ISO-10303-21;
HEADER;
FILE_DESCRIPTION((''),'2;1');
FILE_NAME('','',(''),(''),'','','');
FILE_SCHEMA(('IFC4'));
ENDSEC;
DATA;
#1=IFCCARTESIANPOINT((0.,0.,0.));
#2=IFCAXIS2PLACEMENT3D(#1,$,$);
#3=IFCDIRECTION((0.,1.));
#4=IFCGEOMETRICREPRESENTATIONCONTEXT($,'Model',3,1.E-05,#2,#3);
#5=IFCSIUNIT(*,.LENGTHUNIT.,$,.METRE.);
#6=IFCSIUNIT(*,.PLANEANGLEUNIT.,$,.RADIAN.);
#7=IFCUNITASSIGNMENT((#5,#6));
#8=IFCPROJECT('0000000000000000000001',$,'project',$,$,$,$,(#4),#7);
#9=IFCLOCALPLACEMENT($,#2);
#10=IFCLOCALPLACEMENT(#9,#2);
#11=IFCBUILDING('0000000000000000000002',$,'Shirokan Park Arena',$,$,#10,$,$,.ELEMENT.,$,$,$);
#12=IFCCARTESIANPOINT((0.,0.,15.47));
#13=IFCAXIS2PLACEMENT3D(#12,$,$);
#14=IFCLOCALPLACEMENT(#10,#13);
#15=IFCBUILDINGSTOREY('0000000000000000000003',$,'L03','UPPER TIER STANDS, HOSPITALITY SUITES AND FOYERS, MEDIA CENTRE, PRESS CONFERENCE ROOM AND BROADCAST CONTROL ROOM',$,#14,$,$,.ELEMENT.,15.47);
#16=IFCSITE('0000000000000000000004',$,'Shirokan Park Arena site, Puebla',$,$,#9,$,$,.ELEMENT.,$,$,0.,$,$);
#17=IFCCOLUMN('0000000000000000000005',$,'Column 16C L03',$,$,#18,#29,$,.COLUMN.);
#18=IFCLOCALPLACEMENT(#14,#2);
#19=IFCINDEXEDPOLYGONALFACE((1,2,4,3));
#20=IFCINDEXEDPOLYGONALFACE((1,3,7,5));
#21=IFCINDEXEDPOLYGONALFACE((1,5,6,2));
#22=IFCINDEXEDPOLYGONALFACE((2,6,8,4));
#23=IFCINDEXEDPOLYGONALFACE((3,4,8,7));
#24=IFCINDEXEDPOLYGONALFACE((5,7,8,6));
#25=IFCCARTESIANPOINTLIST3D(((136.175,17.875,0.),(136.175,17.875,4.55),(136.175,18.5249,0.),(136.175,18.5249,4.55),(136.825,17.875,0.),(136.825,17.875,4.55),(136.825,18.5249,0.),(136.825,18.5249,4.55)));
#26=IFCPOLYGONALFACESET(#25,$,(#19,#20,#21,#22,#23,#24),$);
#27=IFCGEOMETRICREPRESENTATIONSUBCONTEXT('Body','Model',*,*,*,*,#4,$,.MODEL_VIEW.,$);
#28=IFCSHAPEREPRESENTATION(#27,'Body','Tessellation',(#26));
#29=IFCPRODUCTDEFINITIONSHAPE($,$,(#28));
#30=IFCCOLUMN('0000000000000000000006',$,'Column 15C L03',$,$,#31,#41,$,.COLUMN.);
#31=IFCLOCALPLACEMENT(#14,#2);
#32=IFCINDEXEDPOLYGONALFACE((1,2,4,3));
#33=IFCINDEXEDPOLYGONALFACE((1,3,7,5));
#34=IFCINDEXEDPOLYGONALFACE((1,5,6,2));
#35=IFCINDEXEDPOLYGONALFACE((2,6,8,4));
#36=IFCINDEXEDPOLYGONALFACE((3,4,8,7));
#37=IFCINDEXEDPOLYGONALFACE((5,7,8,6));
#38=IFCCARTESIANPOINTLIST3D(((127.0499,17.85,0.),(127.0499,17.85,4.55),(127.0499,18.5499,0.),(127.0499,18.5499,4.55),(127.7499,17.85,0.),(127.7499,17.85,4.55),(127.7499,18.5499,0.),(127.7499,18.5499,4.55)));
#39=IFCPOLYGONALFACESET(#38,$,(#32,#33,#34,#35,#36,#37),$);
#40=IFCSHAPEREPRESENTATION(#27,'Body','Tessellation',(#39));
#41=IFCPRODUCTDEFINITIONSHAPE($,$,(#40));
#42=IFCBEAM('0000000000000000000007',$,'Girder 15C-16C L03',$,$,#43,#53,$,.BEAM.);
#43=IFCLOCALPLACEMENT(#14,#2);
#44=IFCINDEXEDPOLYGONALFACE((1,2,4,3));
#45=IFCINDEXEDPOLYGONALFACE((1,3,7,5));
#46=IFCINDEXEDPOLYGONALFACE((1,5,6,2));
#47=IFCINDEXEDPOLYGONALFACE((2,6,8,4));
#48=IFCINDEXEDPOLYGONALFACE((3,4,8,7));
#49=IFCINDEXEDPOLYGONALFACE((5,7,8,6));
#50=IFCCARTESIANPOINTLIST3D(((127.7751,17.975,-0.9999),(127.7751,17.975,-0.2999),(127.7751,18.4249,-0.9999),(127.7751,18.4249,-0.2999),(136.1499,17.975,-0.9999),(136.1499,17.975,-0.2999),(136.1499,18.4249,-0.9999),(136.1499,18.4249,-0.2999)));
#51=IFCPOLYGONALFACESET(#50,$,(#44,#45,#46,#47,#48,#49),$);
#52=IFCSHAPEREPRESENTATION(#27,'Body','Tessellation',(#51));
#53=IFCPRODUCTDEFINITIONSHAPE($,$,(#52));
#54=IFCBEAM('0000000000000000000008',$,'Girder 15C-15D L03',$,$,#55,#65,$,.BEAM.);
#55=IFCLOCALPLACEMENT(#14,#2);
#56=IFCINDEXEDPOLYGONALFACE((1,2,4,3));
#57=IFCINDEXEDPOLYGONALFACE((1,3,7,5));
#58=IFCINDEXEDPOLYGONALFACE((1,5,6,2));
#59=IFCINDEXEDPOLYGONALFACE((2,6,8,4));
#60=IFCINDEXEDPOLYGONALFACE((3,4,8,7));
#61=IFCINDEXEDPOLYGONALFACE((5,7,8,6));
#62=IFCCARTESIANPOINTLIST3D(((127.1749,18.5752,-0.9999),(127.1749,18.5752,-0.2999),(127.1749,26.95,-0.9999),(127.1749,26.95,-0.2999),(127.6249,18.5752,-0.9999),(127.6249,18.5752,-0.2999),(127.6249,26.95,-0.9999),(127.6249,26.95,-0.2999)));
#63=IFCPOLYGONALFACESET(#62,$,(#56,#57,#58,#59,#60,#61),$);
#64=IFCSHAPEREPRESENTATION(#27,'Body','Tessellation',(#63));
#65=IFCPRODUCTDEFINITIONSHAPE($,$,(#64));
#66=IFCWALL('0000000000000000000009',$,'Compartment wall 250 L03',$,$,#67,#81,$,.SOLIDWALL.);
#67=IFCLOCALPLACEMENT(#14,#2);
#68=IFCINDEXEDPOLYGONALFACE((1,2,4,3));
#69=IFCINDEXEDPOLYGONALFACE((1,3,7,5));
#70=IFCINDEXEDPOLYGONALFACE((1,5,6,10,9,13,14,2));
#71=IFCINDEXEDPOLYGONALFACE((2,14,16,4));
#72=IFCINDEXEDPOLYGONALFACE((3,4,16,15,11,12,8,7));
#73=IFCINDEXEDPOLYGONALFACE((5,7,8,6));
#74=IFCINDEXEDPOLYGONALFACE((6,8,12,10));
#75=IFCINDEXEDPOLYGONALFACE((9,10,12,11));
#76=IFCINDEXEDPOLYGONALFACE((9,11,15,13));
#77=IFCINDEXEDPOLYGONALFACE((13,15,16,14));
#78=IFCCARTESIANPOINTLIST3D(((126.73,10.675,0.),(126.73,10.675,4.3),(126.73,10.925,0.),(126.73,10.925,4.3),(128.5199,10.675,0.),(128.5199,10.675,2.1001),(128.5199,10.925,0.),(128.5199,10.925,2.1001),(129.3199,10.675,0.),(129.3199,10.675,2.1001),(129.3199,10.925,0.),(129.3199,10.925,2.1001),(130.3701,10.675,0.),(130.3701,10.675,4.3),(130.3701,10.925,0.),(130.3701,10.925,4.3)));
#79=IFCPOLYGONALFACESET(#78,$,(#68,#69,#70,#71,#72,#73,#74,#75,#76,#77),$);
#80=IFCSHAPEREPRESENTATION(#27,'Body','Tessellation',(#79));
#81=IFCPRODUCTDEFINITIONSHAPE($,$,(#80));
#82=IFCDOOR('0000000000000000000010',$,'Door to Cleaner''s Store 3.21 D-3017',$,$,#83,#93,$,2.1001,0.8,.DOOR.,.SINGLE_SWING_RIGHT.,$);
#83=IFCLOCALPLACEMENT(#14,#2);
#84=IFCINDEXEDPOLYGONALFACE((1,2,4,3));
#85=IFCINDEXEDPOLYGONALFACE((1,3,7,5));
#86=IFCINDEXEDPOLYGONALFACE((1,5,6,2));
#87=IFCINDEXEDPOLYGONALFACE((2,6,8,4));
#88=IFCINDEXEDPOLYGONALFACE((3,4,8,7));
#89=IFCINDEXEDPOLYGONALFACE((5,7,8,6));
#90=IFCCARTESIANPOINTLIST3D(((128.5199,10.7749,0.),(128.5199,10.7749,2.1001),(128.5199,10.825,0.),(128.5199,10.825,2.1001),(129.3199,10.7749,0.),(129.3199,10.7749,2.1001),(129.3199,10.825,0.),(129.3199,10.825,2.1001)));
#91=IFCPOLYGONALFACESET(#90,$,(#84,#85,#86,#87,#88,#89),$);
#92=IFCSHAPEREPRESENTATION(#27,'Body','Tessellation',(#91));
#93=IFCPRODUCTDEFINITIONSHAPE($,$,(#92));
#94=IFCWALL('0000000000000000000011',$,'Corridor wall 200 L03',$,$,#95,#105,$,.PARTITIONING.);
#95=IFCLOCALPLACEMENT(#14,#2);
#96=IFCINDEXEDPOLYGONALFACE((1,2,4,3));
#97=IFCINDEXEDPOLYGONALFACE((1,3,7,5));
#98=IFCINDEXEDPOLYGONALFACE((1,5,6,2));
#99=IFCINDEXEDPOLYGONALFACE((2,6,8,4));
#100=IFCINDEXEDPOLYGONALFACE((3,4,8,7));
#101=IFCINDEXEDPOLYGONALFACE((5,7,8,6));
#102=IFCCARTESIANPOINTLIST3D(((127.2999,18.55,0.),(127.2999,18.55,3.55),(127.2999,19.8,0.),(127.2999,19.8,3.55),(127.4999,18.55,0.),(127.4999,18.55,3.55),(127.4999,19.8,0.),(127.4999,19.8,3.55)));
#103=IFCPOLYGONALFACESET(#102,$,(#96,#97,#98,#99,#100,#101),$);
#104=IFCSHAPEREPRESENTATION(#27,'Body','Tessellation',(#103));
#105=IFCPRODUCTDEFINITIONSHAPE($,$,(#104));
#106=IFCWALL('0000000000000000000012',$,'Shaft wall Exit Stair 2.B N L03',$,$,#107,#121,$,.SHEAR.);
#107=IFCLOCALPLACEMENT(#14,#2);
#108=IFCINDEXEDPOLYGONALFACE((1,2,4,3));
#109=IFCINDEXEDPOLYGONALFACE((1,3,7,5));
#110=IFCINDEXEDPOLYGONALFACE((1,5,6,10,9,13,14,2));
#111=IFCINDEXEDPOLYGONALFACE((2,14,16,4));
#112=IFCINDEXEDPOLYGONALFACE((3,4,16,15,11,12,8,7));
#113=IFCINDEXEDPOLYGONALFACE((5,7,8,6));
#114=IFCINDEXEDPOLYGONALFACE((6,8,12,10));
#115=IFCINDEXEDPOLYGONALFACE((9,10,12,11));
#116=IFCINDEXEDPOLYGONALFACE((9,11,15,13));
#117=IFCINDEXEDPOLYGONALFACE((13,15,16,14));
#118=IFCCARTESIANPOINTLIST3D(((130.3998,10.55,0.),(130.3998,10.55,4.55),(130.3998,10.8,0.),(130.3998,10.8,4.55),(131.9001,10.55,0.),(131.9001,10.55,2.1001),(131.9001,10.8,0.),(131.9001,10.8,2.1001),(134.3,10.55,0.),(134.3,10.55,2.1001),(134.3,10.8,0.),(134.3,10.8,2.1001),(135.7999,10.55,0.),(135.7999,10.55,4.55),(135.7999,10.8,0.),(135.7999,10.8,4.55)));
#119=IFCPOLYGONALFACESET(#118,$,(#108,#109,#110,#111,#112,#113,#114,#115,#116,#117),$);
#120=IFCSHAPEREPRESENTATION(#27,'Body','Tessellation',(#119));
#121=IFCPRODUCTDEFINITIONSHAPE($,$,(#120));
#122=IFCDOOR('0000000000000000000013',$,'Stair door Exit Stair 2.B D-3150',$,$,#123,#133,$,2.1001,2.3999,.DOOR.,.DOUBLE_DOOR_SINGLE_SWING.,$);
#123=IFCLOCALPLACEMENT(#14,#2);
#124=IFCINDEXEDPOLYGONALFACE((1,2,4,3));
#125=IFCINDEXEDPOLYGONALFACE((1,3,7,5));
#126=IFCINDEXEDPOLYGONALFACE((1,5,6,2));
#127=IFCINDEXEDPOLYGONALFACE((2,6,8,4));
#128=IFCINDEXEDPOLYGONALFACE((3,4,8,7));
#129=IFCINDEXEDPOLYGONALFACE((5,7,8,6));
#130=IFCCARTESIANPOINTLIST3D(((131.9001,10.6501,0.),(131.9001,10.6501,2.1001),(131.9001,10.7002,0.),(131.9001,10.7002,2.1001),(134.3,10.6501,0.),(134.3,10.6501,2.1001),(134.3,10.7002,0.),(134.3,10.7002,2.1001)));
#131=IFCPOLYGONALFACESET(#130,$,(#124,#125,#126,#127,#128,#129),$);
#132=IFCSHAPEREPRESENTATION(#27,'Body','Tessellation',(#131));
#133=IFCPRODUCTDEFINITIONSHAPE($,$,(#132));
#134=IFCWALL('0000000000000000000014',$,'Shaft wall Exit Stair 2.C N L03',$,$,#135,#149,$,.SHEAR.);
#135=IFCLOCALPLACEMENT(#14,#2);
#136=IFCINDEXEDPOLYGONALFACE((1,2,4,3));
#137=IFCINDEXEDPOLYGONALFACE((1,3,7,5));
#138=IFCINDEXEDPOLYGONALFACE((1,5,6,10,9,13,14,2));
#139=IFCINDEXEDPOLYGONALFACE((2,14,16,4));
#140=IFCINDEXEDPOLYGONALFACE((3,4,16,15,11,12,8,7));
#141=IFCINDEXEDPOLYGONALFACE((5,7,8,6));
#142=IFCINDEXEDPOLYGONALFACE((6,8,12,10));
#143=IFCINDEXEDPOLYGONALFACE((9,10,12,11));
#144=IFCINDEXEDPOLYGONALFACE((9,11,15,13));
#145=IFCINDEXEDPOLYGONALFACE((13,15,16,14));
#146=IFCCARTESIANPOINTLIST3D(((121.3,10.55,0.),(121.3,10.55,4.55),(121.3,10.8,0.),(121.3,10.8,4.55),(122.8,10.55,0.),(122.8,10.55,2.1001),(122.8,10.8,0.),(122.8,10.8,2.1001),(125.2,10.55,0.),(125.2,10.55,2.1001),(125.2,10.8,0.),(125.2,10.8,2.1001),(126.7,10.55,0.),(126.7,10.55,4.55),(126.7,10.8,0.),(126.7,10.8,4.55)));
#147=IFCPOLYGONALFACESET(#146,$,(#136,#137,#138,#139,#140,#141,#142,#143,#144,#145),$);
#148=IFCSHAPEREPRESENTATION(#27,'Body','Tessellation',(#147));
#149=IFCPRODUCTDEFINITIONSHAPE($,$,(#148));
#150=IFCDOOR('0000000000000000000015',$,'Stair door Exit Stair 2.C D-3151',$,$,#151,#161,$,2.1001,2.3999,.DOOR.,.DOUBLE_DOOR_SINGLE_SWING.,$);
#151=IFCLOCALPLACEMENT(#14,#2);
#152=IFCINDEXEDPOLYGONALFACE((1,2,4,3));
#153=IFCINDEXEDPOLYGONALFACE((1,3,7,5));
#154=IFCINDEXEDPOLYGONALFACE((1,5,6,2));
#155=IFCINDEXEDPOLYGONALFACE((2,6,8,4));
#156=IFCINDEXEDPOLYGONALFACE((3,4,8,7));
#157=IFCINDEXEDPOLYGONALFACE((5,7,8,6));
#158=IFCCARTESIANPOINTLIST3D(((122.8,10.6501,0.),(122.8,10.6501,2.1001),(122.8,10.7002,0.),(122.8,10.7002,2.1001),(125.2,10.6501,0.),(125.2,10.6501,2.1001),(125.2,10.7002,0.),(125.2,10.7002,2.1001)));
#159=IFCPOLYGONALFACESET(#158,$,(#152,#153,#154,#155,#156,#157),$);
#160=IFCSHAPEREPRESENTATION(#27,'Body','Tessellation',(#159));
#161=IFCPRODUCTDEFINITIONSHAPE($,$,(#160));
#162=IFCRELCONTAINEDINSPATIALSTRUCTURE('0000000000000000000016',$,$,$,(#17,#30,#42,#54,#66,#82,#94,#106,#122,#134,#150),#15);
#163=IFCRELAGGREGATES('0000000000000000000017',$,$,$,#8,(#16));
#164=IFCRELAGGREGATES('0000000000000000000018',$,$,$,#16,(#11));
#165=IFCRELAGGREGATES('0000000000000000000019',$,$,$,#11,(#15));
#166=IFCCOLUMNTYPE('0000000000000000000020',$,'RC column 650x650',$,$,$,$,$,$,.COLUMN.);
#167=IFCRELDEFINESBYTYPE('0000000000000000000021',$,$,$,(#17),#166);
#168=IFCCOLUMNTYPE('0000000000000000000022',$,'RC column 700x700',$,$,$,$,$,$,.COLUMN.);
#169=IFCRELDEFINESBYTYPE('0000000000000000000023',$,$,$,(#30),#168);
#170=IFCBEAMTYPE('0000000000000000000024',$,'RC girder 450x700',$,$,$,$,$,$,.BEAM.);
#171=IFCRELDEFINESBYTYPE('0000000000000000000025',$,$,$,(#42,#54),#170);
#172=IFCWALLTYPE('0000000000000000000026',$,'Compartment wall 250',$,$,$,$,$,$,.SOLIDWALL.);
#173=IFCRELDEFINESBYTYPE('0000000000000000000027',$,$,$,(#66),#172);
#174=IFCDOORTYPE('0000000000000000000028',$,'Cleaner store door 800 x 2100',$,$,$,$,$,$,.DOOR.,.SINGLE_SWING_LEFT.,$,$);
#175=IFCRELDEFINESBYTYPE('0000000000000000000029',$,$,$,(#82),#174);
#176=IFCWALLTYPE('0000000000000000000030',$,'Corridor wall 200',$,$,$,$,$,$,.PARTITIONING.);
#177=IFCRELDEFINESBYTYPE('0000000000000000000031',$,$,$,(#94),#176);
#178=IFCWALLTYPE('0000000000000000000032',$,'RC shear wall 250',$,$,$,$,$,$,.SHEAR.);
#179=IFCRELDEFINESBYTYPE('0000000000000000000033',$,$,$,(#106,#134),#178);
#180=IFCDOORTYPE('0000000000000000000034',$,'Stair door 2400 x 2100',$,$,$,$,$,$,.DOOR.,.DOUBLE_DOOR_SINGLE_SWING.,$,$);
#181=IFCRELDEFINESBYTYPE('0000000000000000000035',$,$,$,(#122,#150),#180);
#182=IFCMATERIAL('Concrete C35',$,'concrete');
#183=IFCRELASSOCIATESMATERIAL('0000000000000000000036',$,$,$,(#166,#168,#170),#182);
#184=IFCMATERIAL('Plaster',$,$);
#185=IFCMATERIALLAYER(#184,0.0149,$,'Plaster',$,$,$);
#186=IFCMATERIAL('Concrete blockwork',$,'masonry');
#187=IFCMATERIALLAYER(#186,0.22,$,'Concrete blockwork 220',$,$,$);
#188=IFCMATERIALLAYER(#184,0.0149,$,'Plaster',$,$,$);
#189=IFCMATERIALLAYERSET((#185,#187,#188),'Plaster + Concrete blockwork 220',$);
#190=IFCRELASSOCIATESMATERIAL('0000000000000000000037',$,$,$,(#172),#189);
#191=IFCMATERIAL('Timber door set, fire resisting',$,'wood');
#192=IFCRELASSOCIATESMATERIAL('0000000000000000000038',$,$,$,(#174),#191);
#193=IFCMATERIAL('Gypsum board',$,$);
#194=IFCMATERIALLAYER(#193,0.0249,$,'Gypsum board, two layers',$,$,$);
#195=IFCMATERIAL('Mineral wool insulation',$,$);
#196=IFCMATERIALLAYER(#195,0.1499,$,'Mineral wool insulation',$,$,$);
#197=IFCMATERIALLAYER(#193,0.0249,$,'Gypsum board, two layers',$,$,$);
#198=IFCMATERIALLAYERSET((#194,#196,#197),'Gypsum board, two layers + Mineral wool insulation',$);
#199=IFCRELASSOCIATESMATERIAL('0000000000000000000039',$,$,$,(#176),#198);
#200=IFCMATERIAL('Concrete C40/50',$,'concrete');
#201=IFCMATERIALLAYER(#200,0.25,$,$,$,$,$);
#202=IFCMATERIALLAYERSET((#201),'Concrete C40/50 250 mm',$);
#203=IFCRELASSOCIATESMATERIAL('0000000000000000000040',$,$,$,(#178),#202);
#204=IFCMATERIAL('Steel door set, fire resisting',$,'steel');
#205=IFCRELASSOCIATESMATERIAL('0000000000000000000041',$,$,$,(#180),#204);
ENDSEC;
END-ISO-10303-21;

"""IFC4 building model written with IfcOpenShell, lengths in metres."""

from ifc_helpers import new_model, si_unit, direction, frame, frame_2d, origin, origin_2d, place, context, subcontext, project, spatial, rectangle, extrude, material, layer, layer_set, material_profile, profile_set, type_object, element, fill, save


model = new_model("IFC4")

# Units and contexts
model_context = context("Model", 3, precision=1e-05, world=origin(), true_north=direction((0.0, 1.0)))
body_context = subcontext(model_context, "Body", "Model", "MODEL_VIEW")
ifc_project = project(units=[si_unit("LENGTHUNIT", "METRE"), si_unit("PLANEANGLEUNIT", "RADIAN")], contexts=[model_context])

# Site, building, storey
site_placement = place(None, origin())
site = spatial("IfcSite", under=ifc_project, at=site_placement, Name="Shirokan Park Arena site, Puebla", CompositionType="ELEMENT", RefElevation=0.0)
building_placement = place(site_placement, origin())
building = spatial("IfcBuilding", under=site, at=building_placement, Name="Shirokan Park Arena", CompositionType="ELEMENT")
storey_placement = place(building_placement, frame((0.0, 0.0, 15.47)))
storey = spatial("IfcBuildingStorey", under=building, at=storey_placement, Name="L03", Description="UPPER TIER STANDS, HOSPITALITY SUITES AND FOYERS, MEDIA CENTRE, PRESS CONFERENCE ROOM AND BROADCAST CONTROL ROOM", CompositionType="ELEMENT", Elevation=15.47)

# Columns
ifc_material_1 = material(Name="Concrete C35", Category="concrete")
ifc_material_profile_1 = material_profile(ifc_material_1, rectangle(XDim=0.6499, YDim=0.6499, at=origin_2d()), Name="650x650")
ifc_profile_set_1 = profile_set([ifc_material_profile_1], Name="Concrete C35")
column_type_1 = type_object("IfcColumnType", Name="RC column 650x650", PredefinedType="COLUMN", material=ifc_profile_set_1)
column_1_placement = place(storey_placement, frame((136.5, 18.2, 0.0), z_axis=(0.0, 0.0, 1.0), x_axis=(1.0, 0.0, 0.0)))
element("IfcColumn", 1, at=column_1_placement, inside=storey, type_object=column_type_1, Name="Column 16C L03", PredefinedType="COLUMN", context=body_context, shape_type="SweptSolid", body=[
    extrude(rectangle(XDim=0.6499, YDim=0.6499, at=origin_2d()), origin(), (0.0, 0.0, 1.0), 4.55),
])
ifc_material_profile_2 = material_profile(ifc_material_1, rectangle(XDim=0.7, YDim=0.7, at=origin_2d()), Name="700x700")
ifc_profile_set_2 = profile_set([ifc_material_profile_2], Name="Concrete C35")
column_type_2 = type_object("IfcColumnType", Name="RC column 700x700", PredefinedType="COLUMN", material=ifc_profile_set_2)
column_2_placement = place(storey_placement, frame((127.3999, 18.2, 0.0), z_axis=(0.0, 0.0, 1.0), x_axis=(1.0, 0.0, 0.0)))
element("IfcColumn", 2, at=column_2_placement, inside=storey, type_object=column_type_2, Name="Column 15C L03", PredefinedType="COLUMN", context=body_context, shape_type="SweptSolid", body=[
    extrude(rectangle(XDim=0.7, YDim=0.7, at=origin_2d()), origin(), (0.0, 0.0, 1.0), 4.55),
])

# Beams
ifc_material_profile_3 = material_profile(ifc_material_1, rectangle(XDim=0.45, YDim=0.7, at=origin_2d()), Name="450x700")
ifc_profile_set_3 = profile_set([ifc_material_profile_3], Name="Concrete C35")
beam_type = type_object("IfcBeamType", Name="RC girder 450x700", PredefinedType="BEAM", material=ifc_profile_set_3)
for number, where, z_axis, x_axis, name in (
    (3, (127.7751, 18.2, -0.6499), (1.0, 0.0, 0.0), (0.0, 1.0, 0.0), "Girder 15C-16C L03"),
    (4, (127.3999, 18.5752, -0.6499), (0.0, 1.0, 0.0), (-1.0, 0.0, 0.0), "Girder 15C-15D L03"),
):
    element("IfcBeam", number, at=place(storey_placement, frame(where, z_axis=z_axis, x_axis=x_axis)), inside=storey, type_object=beam_type, Name=name, PredefinedType="BEAM", context=body_context, shape_type="SweptSolid", body=[
        extrude(rectangle(XDim=0.45, YDim=0.7, at=origin_2d()), origin(), (0.0, 0.0, 1.0), 8.3748),
    ])

# Wall, opening, door
ifc_material_2 = material(Name="Plaster")
ifc_layer_1 = layer(ifc_material_2, 0.0149, Name="Plaster")
ifc_material_3 = material(Name="Concrete blockwork", Category="masonry")
ifc_layer_2 = layer(ifc_material_3, 0.22, Name="Concrete blockwork 220")
ifc_layer_3 = layer(ifc_material_2, 0.0149, Name="Plaster")
ifc_layer_set_1 = layer_set([ifc_layer_1, ifc_layer_2, ifc_layer_3], Name="Plaster + Concrete blockwork 220")
wall_type_1 = type_object("IfcWallType", Name="Compartment wall 250", PredefinedType="SOLIDWALL", material=ifc_layer_set_1)
wall_1_placement = place(storey_placement, frame((126.73, 10.8, 0.0), z_axis=(0.0, 0.0, 1.0), x_axis=(1.0, 0.0, 0.0)))
wall_1 = element("IfcWall", 5, at=wall_1_placement, inside=storey, type_object=wall_type_1, Name="Compartment wall 250 L03", PredefinedType="SOLIDWALL", context=body_context, shape_type="SweptSolid", body=[
    extrude(rectangle(XDim=3.6401, YDim=0.25, at=frame_2d((1.8201, 0.0))), origin(), (0.0, 0.0, 1.0), 4.3),
])
opening_1_placement = place(wall_1_placement, frame((1.79, 0.0, 0.0)))
opening_1 = element("IfcOpeningElement", 6, at=opening_1_placement, cuts=wall_1, PredefinedType="OPENING", context=body_context, shape_type="SweptSolid", body=[
    extrude(rectangle(XDim=0.8, YDim=2.1001, at=frame_2d((0.3999, 1.05))), frame((0.0, 0.135, 0.0), z_axis=(0.0, -1.0, 0.0), x_axis=(1.0, 0.0, 0.0)), (0.0, 0.0, 1.0), 0.27),
])
ifc_material_4 = material(Name="Timber door set, fire resisting", Category="wood")
door_type_1 = type_object("IfcDoorType", Name="Cleaner store door 800 x 2100", OperationType="SINGLE_SWING_LEFT", PredefinedType="DOOR", material=ifc_material_4)
door_1_placement = place(opening_1_placement, origin())
door_1 = element("IfcDoor", 7, at=door_1_placement, inside=storey, type_object=door_type_1, Name="Door to Cleaner's Store 3.21 D-3017", OperationType="SINGLE_SWING_RIGHT", OverallHeight=2.1001, OverallWidth=0.8, PredefinedType="DOOR", context=body_context, shape_type="SweptSolid", body=[
    extrude(rectangle(XDim=0.8, YDim=2.1001, at=frame_2d((0.3999, 1.05))), frame((0.0, 0.0249, 0.0), z_axis=(0.0, -1.0, 0.0), x_axis=(1.0, 0.0, 0.0)), (0.0, 0.0, 1.0), 0.05),
])
fill(opening_1, door_1)

# Shared definitions
ifc_material_5 = material(Name="Gypsum board")
ifc_layer_4 = layer(ifc_material_5, 0.0249, Name="Gypsum board, two layers")
ifc_material_6 = material(Name="Mineral wool insulation")
ifc_layer_5 = layer(ifc_material_6, 0.1499, Name="Mineral wool insulation")
ifc_layer_6 = layer(ifc_material_5, 0.0249, Name="Gypsum board, two layers")
ifc_layer_set_2 = layer_set([ifc_layer_4, ifc_layer_5, ifc_layer_6], Name="Gypsum board, two layers + Mineral wool insulation")
wall_type_2 = type_object("IfcWallType", Name="Corridor wall 200", PredefinedType="PARTITIONING", material=ifc_layer_set_2)

# Wall
wall_2_placement = place(storey_placement, frame((127.3999, 18.55, 0.0), z_axis=(0.0, 0.0, 1.0), x_axis=(0.0, 1.0, 0.0)))
element("IfcWall", 8, at=wall_2_placement, inside=storey, type_object=wall_type_2, Name="Corridor wall 200 L03", PredefinedType="PARTITIONING", context=body_context, shape_type="SweptSolid", body=[
    extrude(rectangle(XDim=1.25, YDim=0.2, at=frame_2d((0.625, 0.0))), origin(), (0.0, 0.0, 1.0), 3.55),
])

# Walls, openings, doors
ifc_material_7 = material(Name="Concrete C40/50", Category="concrete")
ifc_layer_7 = layer(ifc_material_7, 0.25)
ifc_layer_set_3 = layer_set([ifc_layer_7], Name="Concrete C40/50 250 mm")
wall_type_3 = type_object("IfcWallType", Name="RC shear wall 250", PredefinedType="SHEAR", material=ifc_layer_set_3)
wall_3_placement = place(storey_placement, frame((135.8, 10.675, 0.0), z_axis=(0.0, 0.0, 1.0), x_axis=(-1.0, 0.0, 0.0)))
wall_3 = element("IfcWall", 9, at=wall_3_placement, inside=storey, type_object=wall_type_3, Name="Shaft wall Exit Stair 2.B N L03", PredefinedType="SHEAR", context=body_context, shape_type="SweptSolid", body=[
    extrude(rectangle(XDim=5.4001, YDim=0.25, at=frame_2d((2.7002, 0.0))), origin(), (0.0, 0.0, 1.0), 4.55),
])
opening_2_placement = place(wall_3_placement, frame((1.5, 0.0, 0.0)))
opening_2 = element("IfcOpeningElement", 10, at=opening_2_placement, cuts=wall_3, PredefinedType="OPENING", context=body_context, shape_type="SweptSolid", body=[
    extrude(rectangle(XDim=2.3999, YDim=2.1001, at=frame_2d((1.2, 1.05))), frame((0.0, 0.135, 0.0), z_axis=(0.0, -1.0, 0.0), x_axis=(1.0, 0.0, 0.0)), (0.0, 0.0, 1.0), 0.27),
])
ifc_material_8 = material(Name="Steel door set, fire resisting", Category="steel")
door_type_2 = type_object("IfcDoorType", Name="Stair door 2400 x 2100", OperationType="DOUBLE_DOOR_SINGLE_SWING", PredefinedType="DOOR", material=ifc_material_8)
door_2_placement = place(opening_2_placement, origin())
door_2 = element("IfcDoor", 11, at=door_2_placement, inside=storey, type_object=door_type_2, Name="Stair door Exit Stair 2.B D-3150", OperationType="DOUBLE_DOOR_SINGLE_SWING", OverallHeight=2.1001, OverallWidth=2.3999, PredefinedType="DOOR", context=body_context, shape_type="SweptSolid", body=[
    extrude(rectangle(XDim=2.3999, YDim=2.1001, at=frame_2d((1.2, 1.05))), frame((0.0, 0.0249, 0.0), z_axis=(0.0, -1.0, 0.0), x_axis=(1.0, 0.0, 0.0)), (0.0, 0.0, 1.0), 0.05),
])
fill(opening_2, door_2)
wall_4_placement = place(storey_placement, frame((126.7, 10.675, 0.0), z_axis=(0.0, 0.0, 1.0), x_axis=(-1.0, 0.0, 0.0)))
wall_4 = element("IfcWall", 12, at=wall_4_placement, inside=storey, type_object=wall_type_3, Name="Shaft wall Exit Stair 2.C N L03", PredefinedType="SHEAR", context=body_context, shape_type="SweptSolid", body=[
    extrude(rectangle(XDim=5.3999, YDim=0.25, at=frame_2d((2.7, 0.0))), origin(), (0.0, 0.0, 1.0), 4.55),
])
opening_3_placement = place(wall_4_placement, frame((1.5, 0.0, 0.0)))
opening_3 = element("IfcOpeningElement", 13, at=opening_3_placement, cuts=wall_4, PredefinedType="OPENING", context=body_context, shape_type="SweptSolid", body=[
    extrude(rectangle(XDim=2.3999, YDim=2.1001, at=frame_2d((1.2, 1.05))), frame((0.0, 0.135, 0.0), z_axis=(0.0, -1.0, 0.0), x_axis=(1.0, 0.0, 0.0)), (0.0, 0.0, 1.0), 0.27),
])
door_3_placement = place(opening_3_placement, origin())
door_3 = element("IfcDoor", 14, at=door_3_placement, inside=storey, type_object=door_type_2, Name="Stair door Exit Stair 2.C D-3151", OperationType="DOUBLE_DOOR_SINGLE_SWING", OverallHeight=2.1001, OverallWidth=2.3999, PredefinedType="DOOR", context=body_context, shape_type="SweptSolid", body=[
    extrude(rectangle(XDim=2.3999, YDim=2.1001, at=frame_2d((1.2, 1.05))), frame((0.0, 0.0249, 0.0), z_axis=(0.0, -1.0, 0.0), x_axis=(1.0, 0.0, 0.0)), (0.0, 0.0, 1.0), 0.05),
])
fill(opening_3, door_3)

save(model, "model.ifc")
